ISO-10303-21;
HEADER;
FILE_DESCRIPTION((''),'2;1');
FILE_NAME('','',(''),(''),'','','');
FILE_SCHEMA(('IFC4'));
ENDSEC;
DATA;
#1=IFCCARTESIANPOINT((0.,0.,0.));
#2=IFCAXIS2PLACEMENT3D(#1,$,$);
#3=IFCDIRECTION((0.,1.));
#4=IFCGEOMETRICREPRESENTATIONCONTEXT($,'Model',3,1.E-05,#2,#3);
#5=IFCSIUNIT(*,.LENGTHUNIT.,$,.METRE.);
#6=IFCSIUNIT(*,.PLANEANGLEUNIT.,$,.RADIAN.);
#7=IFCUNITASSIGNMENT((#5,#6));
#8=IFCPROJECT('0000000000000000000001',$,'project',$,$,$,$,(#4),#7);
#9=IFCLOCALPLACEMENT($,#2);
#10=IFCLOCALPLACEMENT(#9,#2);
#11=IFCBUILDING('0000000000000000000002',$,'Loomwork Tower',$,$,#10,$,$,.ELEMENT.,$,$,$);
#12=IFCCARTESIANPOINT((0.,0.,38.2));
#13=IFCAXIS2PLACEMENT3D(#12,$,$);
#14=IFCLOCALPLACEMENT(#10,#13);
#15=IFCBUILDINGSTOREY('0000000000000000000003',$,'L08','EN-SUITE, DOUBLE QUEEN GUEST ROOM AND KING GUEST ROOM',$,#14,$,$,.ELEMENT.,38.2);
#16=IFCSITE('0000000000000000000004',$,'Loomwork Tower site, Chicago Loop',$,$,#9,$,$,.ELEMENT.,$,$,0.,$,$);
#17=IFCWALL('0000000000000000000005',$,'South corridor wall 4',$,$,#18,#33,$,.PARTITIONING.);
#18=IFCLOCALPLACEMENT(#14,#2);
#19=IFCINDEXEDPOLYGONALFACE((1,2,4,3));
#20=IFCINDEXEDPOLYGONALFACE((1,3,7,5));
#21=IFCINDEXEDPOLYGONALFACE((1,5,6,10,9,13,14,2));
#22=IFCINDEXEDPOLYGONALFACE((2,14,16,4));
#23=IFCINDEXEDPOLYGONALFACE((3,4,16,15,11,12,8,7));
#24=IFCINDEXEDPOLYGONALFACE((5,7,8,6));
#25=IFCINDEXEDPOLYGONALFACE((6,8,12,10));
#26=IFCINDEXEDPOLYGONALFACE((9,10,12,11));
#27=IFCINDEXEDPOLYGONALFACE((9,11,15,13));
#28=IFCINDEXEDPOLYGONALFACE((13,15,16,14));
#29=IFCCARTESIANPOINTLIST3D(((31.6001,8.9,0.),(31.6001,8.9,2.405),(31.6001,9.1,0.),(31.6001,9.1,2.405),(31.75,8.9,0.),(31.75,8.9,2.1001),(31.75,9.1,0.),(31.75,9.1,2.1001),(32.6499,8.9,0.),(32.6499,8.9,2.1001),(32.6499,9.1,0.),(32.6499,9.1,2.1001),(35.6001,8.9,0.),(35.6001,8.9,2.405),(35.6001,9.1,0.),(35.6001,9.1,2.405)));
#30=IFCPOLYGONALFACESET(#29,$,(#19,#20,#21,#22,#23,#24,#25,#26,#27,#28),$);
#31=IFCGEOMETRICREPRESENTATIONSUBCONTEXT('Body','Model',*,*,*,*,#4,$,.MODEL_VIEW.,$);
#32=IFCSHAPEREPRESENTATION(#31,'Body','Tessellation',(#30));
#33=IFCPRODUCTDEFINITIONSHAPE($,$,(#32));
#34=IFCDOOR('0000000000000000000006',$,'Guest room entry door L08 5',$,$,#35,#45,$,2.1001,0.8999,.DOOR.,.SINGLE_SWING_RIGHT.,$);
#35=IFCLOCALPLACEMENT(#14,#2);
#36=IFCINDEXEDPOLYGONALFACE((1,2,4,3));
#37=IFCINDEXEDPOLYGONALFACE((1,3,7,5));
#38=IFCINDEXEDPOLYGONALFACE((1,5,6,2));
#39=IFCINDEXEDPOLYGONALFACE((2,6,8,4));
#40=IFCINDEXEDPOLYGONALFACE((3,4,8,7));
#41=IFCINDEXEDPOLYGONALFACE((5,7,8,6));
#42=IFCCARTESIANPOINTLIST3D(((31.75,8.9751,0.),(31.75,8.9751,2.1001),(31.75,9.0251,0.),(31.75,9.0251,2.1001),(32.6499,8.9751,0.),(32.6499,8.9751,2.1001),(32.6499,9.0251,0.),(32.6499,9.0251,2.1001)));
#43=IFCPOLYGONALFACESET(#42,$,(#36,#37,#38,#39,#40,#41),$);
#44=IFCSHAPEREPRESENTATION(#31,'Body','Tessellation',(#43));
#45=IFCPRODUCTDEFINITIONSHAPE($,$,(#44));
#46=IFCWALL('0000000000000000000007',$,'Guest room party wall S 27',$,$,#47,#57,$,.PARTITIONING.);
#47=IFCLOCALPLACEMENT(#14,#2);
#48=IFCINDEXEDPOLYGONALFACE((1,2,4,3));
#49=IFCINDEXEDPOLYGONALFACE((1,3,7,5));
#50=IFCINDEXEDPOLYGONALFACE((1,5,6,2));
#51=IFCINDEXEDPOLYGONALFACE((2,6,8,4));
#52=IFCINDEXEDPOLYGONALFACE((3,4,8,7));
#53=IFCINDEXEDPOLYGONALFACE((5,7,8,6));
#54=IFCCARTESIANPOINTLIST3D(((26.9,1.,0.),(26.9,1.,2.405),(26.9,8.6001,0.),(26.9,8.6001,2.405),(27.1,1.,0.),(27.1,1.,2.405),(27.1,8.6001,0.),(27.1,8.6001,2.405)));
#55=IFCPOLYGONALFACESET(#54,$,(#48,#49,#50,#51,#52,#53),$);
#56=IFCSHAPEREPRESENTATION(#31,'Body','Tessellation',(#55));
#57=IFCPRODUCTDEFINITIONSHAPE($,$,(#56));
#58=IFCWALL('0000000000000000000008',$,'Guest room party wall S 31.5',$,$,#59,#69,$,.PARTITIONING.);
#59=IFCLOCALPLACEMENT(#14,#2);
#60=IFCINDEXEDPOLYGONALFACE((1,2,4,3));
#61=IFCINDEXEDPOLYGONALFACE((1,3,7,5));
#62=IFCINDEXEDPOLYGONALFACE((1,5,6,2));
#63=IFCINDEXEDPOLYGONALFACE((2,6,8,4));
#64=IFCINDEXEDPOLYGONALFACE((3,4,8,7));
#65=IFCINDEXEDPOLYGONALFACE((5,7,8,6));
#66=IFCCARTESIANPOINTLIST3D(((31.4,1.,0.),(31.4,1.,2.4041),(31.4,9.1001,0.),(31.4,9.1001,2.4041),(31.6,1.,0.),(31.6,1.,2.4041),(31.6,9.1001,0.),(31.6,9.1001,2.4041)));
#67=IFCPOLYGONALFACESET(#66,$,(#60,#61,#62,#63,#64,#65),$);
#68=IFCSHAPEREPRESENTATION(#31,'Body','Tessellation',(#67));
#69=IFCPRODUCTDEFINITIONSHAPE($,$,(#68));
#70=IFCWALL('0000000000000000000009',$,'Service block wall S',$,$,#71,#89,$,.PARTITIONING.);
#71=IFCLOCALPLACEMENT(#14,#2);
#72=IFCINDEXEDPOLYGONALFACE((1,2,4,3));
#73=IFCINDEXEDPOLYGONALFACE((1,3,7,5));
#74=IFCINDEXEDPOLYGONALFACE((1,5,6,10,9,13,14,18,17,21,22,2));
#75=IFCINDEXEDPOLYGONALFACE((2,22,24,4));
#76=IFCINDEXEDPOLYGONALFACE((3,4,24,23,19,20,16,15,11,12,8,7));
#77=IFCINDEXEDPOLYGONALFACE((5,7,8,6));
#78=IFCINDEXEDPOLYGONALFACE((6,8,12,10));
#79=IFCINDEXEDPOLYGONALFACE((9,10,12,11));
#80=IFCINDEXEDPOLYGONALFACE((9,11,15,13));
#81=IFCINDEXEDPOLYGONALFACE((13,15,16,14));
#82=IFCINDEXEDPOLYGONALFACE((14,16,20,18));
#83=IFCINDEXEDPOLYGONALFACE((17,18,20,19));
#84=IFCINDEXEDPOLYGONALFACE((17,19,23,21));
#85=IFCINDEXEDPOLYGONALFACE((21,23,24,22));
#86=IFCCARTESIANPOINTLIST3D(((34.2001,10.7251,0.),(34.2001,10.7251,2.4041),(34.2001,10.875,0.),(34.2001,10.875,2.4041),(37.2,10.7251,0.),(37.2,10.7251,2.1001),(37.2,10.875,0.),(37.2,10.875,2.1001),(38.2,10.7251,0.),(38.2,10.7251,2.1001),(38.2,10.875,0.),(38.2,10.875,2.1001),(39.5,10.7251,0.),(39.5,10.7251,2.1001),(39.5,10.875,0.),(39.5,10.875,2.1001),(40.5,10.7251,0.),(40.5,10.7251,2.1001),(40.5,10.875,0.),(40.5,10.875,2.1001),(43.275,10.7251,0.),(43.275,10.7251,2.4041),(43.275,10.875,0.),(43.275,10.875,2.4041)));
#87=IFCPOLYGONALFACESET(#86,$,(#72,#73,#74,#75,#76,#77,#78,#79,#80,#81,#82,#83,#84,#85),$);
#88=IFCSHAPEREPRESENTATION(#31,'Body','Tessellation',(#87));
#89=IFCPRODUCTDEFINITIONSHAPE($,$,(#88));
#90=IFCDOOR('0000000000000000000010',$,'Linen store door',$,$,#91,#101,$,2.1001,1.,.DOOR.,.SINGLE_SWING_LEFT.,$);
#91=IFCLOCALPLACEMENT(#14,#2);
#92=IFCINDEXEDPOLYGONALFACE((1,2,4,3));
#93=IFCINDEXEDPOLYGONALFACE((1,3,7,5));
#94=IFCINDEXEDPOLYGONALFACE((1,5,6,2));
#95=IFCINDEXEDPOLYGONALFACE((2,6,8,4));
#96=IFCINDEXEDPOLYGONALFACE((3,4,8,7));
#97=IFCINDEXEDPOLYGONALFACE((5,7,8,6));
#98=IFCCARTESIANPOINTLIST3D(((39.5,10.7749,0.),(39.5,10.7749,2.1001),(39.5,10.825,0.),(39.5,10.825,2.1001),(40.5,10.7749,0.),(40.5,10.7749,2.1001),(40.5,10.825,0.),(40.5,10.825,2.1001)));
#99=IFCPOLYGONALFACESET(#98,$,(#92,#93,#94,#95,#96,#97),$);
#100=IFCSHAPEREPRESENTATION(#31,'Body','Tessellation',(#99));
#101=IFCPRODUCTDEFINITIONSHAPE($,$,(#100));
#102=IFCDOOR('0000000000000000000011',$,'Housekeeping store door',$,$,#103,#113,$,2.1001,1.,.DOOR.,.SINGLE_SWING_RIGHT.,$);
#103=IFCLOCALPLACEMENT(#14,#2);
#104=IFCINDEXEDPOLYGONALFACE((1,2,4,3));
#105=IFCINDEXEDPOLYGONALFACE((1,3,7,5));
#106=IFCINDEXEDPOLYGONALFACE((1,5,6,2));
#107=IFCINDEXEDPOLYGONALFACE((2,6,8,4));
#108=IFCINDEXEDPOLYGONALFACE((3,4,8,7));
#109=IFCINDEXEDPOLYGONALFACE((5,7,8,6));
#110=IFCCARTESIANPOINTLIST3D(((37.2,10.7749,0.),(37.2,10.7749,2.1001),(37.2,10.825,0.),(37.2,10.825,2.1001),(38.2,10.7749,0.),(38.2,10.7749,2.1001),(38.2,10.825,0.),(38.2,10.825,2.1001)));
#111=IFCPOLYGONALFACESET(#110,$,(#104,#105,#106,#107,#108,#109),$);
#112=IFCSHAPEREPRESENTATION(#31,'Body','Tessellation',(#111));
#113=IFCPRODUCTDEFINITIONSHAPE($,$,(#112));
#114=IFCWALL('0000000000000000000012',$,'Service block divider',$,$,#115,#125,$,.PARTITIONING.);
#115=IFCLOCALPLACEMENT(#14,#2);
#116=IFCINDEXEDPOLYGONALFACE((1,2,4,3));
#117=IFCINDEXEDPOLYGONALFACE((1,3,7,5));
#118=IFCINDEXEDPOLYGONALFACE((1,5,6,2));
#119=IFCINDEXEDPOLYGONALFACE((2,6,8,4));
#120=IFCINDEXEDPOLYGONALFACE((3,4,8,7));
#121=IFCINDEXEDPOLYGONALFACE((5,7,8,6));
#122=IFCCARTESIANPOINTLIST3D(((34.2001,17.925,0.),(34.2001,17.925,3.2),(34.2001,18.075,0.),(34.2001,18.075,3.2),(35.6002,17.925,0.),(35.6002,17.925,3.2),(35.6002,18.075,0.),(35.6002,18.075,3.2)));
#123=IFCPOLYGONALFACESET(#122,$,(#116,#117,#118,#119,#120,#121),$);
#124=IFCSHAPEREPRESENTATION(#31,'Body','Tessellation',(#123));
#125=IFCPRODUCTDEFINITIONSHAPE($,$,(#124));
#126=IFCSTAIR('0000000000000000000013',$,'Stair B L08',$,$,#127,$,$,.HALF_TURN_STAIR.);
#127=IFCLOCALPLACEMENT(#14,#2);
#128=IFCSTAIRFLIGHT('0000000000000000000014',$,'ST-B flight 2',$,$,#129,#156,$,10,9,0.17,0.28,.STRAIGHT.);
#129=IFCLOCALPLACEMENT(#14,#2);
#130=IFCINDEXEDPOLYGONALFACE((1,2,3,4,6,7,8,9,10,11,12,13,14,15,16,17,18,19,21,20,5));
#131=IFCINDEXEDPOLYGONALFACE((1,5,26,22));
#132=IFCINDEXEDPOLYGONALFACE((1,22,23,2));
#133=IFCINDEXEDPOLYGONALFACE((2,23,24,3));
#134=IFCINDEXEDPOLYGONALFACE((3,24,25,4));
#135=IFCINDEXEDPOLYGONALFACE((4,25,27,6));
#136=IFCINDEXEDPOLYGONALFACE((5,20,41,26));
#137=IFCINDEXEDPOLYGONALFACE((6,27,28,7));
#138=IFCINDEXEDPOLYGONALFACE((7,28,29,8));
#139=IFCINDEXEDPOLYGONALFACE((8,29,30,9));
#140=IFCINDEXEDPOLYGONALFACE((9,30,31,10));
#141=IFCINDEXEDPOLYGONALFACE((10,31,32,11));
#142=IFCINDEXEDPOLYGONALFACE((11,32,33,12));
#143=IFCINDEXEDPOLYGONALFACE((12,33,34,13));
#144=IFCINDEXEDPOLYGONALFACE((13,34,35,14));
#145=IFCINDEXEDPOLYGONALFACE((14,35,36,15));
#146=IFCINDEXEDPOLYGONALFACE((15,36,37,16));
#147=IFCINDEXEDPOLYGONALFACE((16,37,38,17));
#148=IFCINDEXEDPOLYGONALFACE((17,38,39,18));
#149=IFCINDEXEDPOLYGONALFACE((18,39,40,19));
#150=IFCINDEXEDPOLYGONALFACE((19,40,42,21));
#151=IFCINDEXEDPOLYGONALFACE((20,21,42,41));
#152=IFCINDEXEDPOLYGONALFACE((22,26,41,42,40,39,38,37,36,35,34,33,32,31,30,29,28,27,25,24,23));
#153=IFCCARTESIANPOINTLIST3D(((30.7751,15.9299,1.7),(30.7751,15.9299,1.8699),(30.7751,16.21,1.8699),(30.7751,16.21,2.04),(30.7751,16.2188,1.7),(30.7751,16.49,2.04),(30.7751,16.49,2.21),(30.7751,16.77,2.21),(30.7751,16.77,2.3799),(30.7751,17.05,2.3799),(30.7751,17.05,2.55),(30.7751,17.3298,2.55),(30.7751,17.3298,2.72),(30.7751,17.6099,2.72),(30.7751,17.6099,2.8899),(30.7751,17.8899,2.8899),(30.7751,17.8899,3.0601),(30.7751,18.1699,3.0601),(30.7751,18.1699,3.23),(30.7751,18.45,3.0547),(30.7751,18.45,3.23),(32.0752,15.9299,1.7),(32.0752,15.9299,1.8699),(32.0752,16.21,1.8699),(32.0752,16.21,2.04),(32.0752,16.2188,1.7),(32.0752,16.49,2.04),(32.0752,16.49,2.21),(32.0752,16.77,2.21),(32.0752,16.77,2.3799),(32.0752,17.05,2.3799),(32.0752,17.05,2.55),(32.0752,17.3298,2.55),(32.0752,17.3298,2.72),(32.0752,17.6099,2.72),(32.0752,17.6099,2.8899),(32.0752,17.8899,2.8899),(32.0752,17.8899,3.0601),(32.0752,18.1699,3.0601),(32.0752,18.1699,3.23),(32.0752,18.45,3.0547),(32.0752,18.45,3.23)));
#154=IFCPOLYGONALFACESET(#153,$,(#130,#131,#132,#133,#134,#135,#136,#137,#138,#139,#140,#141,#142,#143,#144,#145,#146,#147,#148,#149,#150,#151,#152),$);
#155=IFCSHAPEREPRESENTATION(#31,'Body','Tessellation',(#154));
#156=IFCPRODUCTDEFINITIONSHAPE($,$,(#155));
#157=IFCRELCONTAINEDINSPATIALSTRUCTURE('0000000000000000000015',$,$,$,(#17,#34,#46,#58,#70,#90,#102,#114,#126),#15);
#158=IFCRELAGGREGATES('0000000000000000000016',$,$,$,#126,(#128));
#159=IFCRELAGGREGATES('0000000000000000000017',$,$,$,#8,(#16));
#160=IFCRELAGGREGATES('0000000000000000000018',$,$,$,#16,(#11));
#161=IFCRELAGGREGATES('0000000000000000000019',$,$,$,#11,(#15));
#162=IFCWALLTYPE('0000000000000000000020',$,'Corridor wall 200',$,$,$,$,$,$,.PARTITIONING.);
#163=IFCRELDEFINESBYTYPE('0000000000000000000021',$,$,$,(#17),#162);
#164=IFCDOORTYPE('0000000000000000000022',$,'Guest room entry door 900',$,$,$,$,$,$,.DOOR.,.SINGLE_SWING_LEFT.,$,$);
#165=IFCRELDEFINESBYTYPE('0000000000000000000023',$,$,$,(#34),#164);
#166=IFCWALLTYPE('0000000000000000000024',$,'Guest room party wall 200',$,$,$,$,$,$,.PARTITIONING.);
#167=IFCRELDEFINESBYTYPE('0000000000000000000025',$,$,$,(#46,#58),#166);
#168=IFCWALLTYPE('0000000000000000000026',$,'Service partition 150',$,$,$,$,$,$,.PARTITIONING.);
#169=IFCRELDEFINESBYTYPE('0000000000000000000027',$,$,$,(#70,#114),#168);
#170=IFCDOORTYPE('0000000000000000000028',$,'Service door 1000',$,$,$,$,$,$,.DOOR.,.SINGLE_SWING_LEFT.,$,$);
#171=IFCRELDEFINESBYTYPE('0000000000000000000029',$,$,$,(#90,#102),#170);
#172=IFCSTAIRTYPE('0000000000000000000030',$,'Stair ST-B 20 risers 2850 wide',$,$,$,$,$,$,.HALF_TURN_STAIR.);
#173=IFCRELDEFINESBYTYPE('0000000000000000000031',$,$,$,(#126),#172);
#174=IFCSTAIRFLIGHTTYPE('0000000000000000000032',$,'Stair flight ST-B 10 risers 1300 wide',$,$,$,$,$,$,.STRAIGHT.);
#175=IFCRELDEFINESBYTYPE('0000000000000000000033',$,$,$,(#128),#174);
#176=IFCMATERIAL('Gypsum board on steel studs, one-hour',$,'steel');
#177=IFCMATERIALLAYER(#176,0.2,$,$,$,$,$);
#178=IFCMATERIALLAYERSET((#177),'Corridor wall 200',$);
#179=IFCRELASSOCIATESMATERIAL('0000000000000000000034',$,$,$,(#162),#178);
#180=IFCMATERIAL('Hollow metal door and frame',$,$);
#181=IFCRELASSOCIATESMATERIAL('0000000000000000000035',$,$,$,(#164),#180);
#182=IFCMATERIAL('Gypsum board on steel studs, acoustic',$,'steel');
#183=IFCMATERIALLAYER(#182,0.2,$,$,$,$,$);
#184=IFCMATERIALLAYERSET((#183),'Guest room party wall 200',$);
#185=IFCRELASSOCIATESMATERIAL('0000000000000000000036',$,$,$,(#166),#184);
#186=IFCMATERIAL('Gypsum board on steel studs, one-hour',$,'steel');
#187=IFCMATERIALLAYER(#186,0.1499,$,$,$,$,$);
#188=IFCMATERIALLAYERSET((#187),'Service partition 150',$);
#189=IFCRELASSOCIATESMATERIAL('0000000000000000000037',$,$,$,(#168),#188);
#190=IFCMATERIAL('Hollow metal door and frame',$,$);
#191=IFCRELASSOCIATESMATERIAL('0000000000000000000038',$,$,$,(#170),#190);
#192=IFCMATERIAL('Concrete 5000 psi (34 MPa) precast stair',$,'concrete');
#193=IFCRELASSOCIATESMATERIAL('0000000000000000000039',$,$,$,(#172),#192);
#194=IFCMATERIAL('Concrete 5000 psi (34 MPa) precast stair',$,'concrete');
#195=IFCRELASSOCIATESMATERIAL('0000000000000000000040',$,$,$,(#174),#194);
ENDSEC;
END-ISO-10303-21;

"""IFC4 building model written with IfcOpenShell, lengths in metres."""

from ifc_helpers import new_model, si_unit, direction, frame, frame_2d, origin, place, context, subcontext, project, spatial, polyline, rectangle, outline, extrude, material, layer, layer_set, type_object, element, fill, aggregate, save


model = new_model("IFC4")

# Units and contexts
model_context = context("Model", 3, precision=1e-05, world=origin(), true_north=direction((0.0, 1.0)))
body_context = subcontext(model_context, "Body", "Model", "MODEL_VIEW")
ifc_project = project(units=[si_unit("LENGTHUNIT", "METRE"), si_unit("PLANEANGLEUNIT", "RADIAN")], contexts=[model_context])

# Site, building, storey
site_placement = place(None, origin())
site = spatial("IfcSite", under=ifc_project, at=site_placement, Name="Loomwork Tower site, Chicago Loop", CompositionType="ELEMENT", RefElevation=0.0)
building_placement = place(site_placement, origin())
building = spatial("IfcBuilding", under=site, at=building_placement, Name="Loomwork Tower", CompositionType="ELEMENT")
storey_placement = place(building_placement, frame((0.0, 0.0, 38.2)))
storey = spatial("IfcBuildingStorey", under=building, at=storey_placement, Name="L08", Description="EN-SUITE, DOUBLE QUEEN GUEST ROOM AND KING GUEST ROOM", CompositionType="ELEMENT", Elevation=38.2)

# Wall, opening, door
ifc_material_1 = material(Name="Gypsum board on steel studs, one-hour", Category="steel")
ifc_layer_1 = layer(ifc_material_1, 0.2)
ifc_layer_set_1 = layer_set([ifc_layer_1], Name="Corridor wall 200")
wall_type_1 = type_object("IfcWallType", Name="Corridor wall 200", PredefinedType="PARTITIONING", material=ifc_layer_set_1)
wall_1_placement = place(storey_placement, frame((31.6001, 9.0, 0.0), z_axis=(0.0, 0.0, 1.0), x_axis=(1.0, 0.0, 0.0)))
wall_1 = element("IfcWall", 1, at=wall_1_placement, inside=storey, type_object=wall_type_1, Name="South corridor wall 4", PredefinedType="PARTITIONING", context=body_context, shape_type="SweptSolid", body=[
    extrude(rectangle(XDim=4.0, YDim=0.2, at=frame_2d((2.0, 0.0))), origin(), (0.0, 0.0, 1.0), 2.405),
])
opening_1_placement = place(wall_1_placement, frame((0.1499, 0.0, 0.0)))
opening_1 = element("IfcOpeningElement", 2, at=opening_1_placement, cuts=wall_1, PredefinedType="OPENING", context=body_context, shape_type="SweptSolid", body=[
    extrude(rectangle(XDim=0.8999, YDim=2.1001, at=frame_2d((0.45, 1.05))), frame((0.0, 0.1099, 0.0), z_axis=(0.0, -1.0, 0.0), x_axis=(1.0, 0.0, 0.0)), (0.0, 0.0, 1.0), 0.22),
])
ifc_material_2 = material(Name="Hollow metal door and frame")
door_type_1 = type_object("IfcDoorType", Name="Guest room entry door 900", OperationType="SINGLE_SWING_LEFT", PredefinedType="DOOR", material=ifc_material_2)
door_1_placement = place(opening_1_placement, frame((0.8999, 0.0, 0.0), z_axis=(0.0, 0.0, 1.0), x_axis=(-1.0, 0.0, 0.0)))
door_1 = element("IfcDoor", 3, at=door_1_placement, inside=storey, type_object=door_type_1, Name="Guest room entry door L08 5", OperationType="SINGLE_SWING_RIGHT", OverallHeight=2.1001, OverallWidth=0.8999, PredefinedType="DOOR", context=body_context, shape_type="SweptSolid", body=[
    extrude(rectangle(XDim=0.8999, YDim=2.1001, at=frame_2d((0.45, 1.05))), frame((0.0, 0.0249, 0.0), z_axis=(0.0, -1.0, 0.0), x_axis=(1.0, 0.0, 0.0)), (0.0, 0.0, 1.0), 0.05),
])
fill(opening_1, door_1)

# Walls
ifc_material_3 = material(Name="Gypsum board on steel studs, acoustic", Category="steel")
ifc_layer_2 = layer(ifc_material_3, 0.2)
ifc_layer_set_2 = layer_set([ifc_layer_2], Name="Guest room party wall 200")
wall_type_2 = type_object("IfcWallType", Name="Guest room party wall 200", PredefinedType="PARTITIONING", material=ifc_layer_set_2)
wall_2_placement = place(storey_placement, frame((27.0, 8.6001, 0.0), z_axis=(0.0, 0.0, 1.0), x_axis=(0.0, -1.0, 0.0)))
element("IfcWall", 4, at=wall_2_placement, inside=storey, type_object=wall_type_2, Name="Guest room party wall S 27", PredefinedType="PARTITIONING", context=body_context, shape_type="SweptSolid", body=[
    extrude(rectangle(XDim=7.6001, YDim=0.2, at=frame_2d((3.8, 0.0))), origin(), (0.0, 0.0, 1.0), 2.405),
])
wall_3_placement = place(storey_placement, frame((31.5, 9.1001, 0.0), z_axis=(0.0, 0.0, 1.0), x_axis=(0.0, -1.0, 0.0)))
element("IfcWall", 5, at=wall_3_placement, inside=storey, type_object=wall_type_2, Name="Guest room party wall S 31.5", PredefinedType="PARTITIONING", context=body_context, shape_type="SweptSolid", body=[
    extrude(rectangle(XDim=8.1001, YDim=0.2, at=frame_2d((4.05, 0.0))), origin(), (0.0, 0.0, 1.0), 2.4041),
])

# Wall, openings, doors
ifc_material_4 = material(Name="Gypsum board on steel studs, one-hour", Category="steel")
ifc_layer_3 = layer(ifc_material_4, 0.1499)
ifc_layer_set_3 = layer_set([ifc_layer_3], Name="Service partition 150")
wall_type_3 = type_object("IfcWallType", Name="Service partition 150", PredefinedType="PARTITIONING", material=ifc_layer_set_3)
wall_4_placement = place(storey_placement, frame((34.2, 10.8, 0.0), z_axis=(0.0, 0.0, 1.0), x_axis=(1.0, 0.0, 0.0)))
wall_4 = element("IfcWall", 6, at=wall_4_placement, inside=storey, type_object=wall_type_3, Name="Service block wall S", PredefinedType="PARTITIONING", context=body_context, shape_type="SweptSolid", body=[
    extrude(rectangle(XDim=9.075, YDim=0.1499, at=frame_2d((4.5376, 0.0))), origin(), (0.0, 0.0, 1.0), 2.4041),
])
opening_2_placement = place(wall_4_placement, frame((5.3, 0.0, 0.0)))
opening_2 = element("IfcOpeningElement", 7, at=opening_2_placement, cuts=wall_4, PredefinedType="OPENING", context=body_context, shape_type="SweptSolid", body=[
    extrude(rectangle(XDim=1.0, YDim=2.1001, at=frame_2d((0.5, 1.05))), frame((0.0, 0.085, 0.0), z_axis=(0.0, -1.0, 0.0), x_axis=(1.0, 0.0, 0.0)), (0.0, 0.0, 1.0), 0.1699),
])
opening_3_placement = place(wall_4_placement, frame((3.0, 0.0, 0.0)))
opening_3 = element("IfcOpeningElement", 8, at=opening_3_placement, cuts=wall_4, PredefinedType="OPENING", context=body_context, shape_type="SweptSolid", body=[
    extrude(rectangle(XDim=1.0, YDim=2.1001, at=frame_2d((0.5, 1.05))), frame((0.0, 0.085, 0.0), z_axis=(0.0, -1.0, 0.0), x_axis=(1.0, 0.0, 0.0)), (0.0, 0.0, 1.0), 0.1699),
])
ifc_material_5 = material(Name="Hollow metal door and frame")
door_type_2 = type_object("IfcDoorType", Name="Service door 1000", OperationType="SINGLE_SWING_LEFT", PredefinedType="DOOR", material=ifc_material_5)
door_2_placement = place(opening_2_placement, origin())
door_2 = element("IfcDoor", 9, at=door_2_placement, inside=storey, type_object=door_type_2, Name="Linen store door", OperationType="SINGLE_SWING_LEFT", OverallHeight=2.1001, OverallWidth=1.0, PredefinedType="DOOR", context=body_context, shape_type="SweptSolid", body=[
    extrude(rectangle(XDim=1.0, YDim=2.1001, at=frame_2d((0.5, 1.05))), frame((0.0, 0.0249, 0.0), z_axis=(0.0, -1.0, 0.0), x_axis=(1.0, 0.0, 0.0)), (0.0, 0.0, 1.0), 0.05),
])
fill(opening_2, door_2)
door_3_placement = place(opening_3_placement, origin())
door_3 = element("IfcDoor", 10, at=door_3_placement, inside=storey, type_object=door_type_2, Name="Housekeeping store door", OperationType="SINGLE_SWING_RIGHT", OverallHeight=2.1001, OverallWidth=1.0, PredefinedType="DOOR", context=body_context, shape_type="SweptSolid", body=[
    extrude(rectangle(XDim=1.0, YDim=2.1001, at=frame_2d((0.5, 1.05))), frame((0.0, 0.0249, 0.0), z_axis=(0.0, -1.0, 0.0), x_axis=(1.0, 0.0, 0.0)), (0.0, 0.0, 1.0), 0.05),
])
fill(opening_3, door_3)

# Wall
wall_5_placement = place(storey_placement, frame((34.2, 18.0, 0.0), z_axis=(0.0, 0.0, 1.0), x_axis=(1.0, 0.0, 0.0)))
element("IfcWall", 11, at=wall_5_placement, inside=storey, type_object=wall_type_3, Name="Service block divider", PredefinedType="PARTITIONING", context=body_context, shape_type="SweptSolid", body=[
    extrude(rectangle(XDim=1.4001, YDim=0.1499, at=frame_2d((0.7002, 0.0))), origin(), (0.0, 0.0, 1.0), 3.2),
])

# Stair, stair flight
ifc_material_6 = material(Name="Concrete 5000 psi (34 MPa) precast stair", Category="concrete")
stair_type = type_object("IfcStairType", Name="Stair ST-B 20 risers 2850 wide", PredefinedType="HALF_TURN_STAIR", material=ifc_material_6)
stair_placement = place(storey_placement, origin())
stair = element("IfcStair", 12, at=stair_placement, inside=storey, type_object=stair_type, Name="Stair B L08", PredefinedType="HALF_TURN_STAIR")
ifc_material_7 = material(Name="Concrete 5000 psi (34 MPa) precast stair", Category="concrete")
stair_flight_type = type_object("IfcStairFlightType", Name="Stair flight ST-B 10 risers 1300 wide", PredefinedType="STRAIGHT", material=ifc_material_7)
stair_flight_placement = place(storey_placement, frame((31.425, 15.9299, 1.7), z_axis=(0.0, 0.0, 1.0), x_axis=(0.0, 1.0, 0.0)))
stair_flight = element("IfcStairFlight", 13, at=stair_flight_placement, type_object=stair_flight_type, Name="ST-B flight 2", NumberOfRisers=10, NumberOfTreads=9, PredefinedType="STRAIGHT", RiserHeight=0.17, TreadLength=0.28, context=body_context, shape_type="SweptSolid", body=[
    extrude(outline(polyline([(0.0, 0.0), (0.0, 0.1699), (0.28, 0.1699), (0.28, 0.3401), (0.5601, 0.3401), (0.5601, 0.51), (0.8401, 0.51), (0.8401, 0.6799), (1.1201, 0.6799), (1.1201, 0.8501), (1.3999, 0.8501), (1.3999, 1.02), (1.6799, 1.02), (1.6799, 1.1899), (1.96, 1.1899), (1.96, 1.3601), (2.24, 1.3601), (2.24, 1.53), (2.52, 1.53), (2.52, 1.7), (2.52, 1.3547), (0.2888, 0.0), (0.0, 0.0)])), frame((0.0, 0.6499, 0.0), z_axis=(0.0, -1.0, 0.0), x_axis=(1.0, 0.0, 0.0)), (0.0, 0.0, 1.0), 1.3),
])
aggregate(stair, [stair_flight])

save(model, "model.ifc")
